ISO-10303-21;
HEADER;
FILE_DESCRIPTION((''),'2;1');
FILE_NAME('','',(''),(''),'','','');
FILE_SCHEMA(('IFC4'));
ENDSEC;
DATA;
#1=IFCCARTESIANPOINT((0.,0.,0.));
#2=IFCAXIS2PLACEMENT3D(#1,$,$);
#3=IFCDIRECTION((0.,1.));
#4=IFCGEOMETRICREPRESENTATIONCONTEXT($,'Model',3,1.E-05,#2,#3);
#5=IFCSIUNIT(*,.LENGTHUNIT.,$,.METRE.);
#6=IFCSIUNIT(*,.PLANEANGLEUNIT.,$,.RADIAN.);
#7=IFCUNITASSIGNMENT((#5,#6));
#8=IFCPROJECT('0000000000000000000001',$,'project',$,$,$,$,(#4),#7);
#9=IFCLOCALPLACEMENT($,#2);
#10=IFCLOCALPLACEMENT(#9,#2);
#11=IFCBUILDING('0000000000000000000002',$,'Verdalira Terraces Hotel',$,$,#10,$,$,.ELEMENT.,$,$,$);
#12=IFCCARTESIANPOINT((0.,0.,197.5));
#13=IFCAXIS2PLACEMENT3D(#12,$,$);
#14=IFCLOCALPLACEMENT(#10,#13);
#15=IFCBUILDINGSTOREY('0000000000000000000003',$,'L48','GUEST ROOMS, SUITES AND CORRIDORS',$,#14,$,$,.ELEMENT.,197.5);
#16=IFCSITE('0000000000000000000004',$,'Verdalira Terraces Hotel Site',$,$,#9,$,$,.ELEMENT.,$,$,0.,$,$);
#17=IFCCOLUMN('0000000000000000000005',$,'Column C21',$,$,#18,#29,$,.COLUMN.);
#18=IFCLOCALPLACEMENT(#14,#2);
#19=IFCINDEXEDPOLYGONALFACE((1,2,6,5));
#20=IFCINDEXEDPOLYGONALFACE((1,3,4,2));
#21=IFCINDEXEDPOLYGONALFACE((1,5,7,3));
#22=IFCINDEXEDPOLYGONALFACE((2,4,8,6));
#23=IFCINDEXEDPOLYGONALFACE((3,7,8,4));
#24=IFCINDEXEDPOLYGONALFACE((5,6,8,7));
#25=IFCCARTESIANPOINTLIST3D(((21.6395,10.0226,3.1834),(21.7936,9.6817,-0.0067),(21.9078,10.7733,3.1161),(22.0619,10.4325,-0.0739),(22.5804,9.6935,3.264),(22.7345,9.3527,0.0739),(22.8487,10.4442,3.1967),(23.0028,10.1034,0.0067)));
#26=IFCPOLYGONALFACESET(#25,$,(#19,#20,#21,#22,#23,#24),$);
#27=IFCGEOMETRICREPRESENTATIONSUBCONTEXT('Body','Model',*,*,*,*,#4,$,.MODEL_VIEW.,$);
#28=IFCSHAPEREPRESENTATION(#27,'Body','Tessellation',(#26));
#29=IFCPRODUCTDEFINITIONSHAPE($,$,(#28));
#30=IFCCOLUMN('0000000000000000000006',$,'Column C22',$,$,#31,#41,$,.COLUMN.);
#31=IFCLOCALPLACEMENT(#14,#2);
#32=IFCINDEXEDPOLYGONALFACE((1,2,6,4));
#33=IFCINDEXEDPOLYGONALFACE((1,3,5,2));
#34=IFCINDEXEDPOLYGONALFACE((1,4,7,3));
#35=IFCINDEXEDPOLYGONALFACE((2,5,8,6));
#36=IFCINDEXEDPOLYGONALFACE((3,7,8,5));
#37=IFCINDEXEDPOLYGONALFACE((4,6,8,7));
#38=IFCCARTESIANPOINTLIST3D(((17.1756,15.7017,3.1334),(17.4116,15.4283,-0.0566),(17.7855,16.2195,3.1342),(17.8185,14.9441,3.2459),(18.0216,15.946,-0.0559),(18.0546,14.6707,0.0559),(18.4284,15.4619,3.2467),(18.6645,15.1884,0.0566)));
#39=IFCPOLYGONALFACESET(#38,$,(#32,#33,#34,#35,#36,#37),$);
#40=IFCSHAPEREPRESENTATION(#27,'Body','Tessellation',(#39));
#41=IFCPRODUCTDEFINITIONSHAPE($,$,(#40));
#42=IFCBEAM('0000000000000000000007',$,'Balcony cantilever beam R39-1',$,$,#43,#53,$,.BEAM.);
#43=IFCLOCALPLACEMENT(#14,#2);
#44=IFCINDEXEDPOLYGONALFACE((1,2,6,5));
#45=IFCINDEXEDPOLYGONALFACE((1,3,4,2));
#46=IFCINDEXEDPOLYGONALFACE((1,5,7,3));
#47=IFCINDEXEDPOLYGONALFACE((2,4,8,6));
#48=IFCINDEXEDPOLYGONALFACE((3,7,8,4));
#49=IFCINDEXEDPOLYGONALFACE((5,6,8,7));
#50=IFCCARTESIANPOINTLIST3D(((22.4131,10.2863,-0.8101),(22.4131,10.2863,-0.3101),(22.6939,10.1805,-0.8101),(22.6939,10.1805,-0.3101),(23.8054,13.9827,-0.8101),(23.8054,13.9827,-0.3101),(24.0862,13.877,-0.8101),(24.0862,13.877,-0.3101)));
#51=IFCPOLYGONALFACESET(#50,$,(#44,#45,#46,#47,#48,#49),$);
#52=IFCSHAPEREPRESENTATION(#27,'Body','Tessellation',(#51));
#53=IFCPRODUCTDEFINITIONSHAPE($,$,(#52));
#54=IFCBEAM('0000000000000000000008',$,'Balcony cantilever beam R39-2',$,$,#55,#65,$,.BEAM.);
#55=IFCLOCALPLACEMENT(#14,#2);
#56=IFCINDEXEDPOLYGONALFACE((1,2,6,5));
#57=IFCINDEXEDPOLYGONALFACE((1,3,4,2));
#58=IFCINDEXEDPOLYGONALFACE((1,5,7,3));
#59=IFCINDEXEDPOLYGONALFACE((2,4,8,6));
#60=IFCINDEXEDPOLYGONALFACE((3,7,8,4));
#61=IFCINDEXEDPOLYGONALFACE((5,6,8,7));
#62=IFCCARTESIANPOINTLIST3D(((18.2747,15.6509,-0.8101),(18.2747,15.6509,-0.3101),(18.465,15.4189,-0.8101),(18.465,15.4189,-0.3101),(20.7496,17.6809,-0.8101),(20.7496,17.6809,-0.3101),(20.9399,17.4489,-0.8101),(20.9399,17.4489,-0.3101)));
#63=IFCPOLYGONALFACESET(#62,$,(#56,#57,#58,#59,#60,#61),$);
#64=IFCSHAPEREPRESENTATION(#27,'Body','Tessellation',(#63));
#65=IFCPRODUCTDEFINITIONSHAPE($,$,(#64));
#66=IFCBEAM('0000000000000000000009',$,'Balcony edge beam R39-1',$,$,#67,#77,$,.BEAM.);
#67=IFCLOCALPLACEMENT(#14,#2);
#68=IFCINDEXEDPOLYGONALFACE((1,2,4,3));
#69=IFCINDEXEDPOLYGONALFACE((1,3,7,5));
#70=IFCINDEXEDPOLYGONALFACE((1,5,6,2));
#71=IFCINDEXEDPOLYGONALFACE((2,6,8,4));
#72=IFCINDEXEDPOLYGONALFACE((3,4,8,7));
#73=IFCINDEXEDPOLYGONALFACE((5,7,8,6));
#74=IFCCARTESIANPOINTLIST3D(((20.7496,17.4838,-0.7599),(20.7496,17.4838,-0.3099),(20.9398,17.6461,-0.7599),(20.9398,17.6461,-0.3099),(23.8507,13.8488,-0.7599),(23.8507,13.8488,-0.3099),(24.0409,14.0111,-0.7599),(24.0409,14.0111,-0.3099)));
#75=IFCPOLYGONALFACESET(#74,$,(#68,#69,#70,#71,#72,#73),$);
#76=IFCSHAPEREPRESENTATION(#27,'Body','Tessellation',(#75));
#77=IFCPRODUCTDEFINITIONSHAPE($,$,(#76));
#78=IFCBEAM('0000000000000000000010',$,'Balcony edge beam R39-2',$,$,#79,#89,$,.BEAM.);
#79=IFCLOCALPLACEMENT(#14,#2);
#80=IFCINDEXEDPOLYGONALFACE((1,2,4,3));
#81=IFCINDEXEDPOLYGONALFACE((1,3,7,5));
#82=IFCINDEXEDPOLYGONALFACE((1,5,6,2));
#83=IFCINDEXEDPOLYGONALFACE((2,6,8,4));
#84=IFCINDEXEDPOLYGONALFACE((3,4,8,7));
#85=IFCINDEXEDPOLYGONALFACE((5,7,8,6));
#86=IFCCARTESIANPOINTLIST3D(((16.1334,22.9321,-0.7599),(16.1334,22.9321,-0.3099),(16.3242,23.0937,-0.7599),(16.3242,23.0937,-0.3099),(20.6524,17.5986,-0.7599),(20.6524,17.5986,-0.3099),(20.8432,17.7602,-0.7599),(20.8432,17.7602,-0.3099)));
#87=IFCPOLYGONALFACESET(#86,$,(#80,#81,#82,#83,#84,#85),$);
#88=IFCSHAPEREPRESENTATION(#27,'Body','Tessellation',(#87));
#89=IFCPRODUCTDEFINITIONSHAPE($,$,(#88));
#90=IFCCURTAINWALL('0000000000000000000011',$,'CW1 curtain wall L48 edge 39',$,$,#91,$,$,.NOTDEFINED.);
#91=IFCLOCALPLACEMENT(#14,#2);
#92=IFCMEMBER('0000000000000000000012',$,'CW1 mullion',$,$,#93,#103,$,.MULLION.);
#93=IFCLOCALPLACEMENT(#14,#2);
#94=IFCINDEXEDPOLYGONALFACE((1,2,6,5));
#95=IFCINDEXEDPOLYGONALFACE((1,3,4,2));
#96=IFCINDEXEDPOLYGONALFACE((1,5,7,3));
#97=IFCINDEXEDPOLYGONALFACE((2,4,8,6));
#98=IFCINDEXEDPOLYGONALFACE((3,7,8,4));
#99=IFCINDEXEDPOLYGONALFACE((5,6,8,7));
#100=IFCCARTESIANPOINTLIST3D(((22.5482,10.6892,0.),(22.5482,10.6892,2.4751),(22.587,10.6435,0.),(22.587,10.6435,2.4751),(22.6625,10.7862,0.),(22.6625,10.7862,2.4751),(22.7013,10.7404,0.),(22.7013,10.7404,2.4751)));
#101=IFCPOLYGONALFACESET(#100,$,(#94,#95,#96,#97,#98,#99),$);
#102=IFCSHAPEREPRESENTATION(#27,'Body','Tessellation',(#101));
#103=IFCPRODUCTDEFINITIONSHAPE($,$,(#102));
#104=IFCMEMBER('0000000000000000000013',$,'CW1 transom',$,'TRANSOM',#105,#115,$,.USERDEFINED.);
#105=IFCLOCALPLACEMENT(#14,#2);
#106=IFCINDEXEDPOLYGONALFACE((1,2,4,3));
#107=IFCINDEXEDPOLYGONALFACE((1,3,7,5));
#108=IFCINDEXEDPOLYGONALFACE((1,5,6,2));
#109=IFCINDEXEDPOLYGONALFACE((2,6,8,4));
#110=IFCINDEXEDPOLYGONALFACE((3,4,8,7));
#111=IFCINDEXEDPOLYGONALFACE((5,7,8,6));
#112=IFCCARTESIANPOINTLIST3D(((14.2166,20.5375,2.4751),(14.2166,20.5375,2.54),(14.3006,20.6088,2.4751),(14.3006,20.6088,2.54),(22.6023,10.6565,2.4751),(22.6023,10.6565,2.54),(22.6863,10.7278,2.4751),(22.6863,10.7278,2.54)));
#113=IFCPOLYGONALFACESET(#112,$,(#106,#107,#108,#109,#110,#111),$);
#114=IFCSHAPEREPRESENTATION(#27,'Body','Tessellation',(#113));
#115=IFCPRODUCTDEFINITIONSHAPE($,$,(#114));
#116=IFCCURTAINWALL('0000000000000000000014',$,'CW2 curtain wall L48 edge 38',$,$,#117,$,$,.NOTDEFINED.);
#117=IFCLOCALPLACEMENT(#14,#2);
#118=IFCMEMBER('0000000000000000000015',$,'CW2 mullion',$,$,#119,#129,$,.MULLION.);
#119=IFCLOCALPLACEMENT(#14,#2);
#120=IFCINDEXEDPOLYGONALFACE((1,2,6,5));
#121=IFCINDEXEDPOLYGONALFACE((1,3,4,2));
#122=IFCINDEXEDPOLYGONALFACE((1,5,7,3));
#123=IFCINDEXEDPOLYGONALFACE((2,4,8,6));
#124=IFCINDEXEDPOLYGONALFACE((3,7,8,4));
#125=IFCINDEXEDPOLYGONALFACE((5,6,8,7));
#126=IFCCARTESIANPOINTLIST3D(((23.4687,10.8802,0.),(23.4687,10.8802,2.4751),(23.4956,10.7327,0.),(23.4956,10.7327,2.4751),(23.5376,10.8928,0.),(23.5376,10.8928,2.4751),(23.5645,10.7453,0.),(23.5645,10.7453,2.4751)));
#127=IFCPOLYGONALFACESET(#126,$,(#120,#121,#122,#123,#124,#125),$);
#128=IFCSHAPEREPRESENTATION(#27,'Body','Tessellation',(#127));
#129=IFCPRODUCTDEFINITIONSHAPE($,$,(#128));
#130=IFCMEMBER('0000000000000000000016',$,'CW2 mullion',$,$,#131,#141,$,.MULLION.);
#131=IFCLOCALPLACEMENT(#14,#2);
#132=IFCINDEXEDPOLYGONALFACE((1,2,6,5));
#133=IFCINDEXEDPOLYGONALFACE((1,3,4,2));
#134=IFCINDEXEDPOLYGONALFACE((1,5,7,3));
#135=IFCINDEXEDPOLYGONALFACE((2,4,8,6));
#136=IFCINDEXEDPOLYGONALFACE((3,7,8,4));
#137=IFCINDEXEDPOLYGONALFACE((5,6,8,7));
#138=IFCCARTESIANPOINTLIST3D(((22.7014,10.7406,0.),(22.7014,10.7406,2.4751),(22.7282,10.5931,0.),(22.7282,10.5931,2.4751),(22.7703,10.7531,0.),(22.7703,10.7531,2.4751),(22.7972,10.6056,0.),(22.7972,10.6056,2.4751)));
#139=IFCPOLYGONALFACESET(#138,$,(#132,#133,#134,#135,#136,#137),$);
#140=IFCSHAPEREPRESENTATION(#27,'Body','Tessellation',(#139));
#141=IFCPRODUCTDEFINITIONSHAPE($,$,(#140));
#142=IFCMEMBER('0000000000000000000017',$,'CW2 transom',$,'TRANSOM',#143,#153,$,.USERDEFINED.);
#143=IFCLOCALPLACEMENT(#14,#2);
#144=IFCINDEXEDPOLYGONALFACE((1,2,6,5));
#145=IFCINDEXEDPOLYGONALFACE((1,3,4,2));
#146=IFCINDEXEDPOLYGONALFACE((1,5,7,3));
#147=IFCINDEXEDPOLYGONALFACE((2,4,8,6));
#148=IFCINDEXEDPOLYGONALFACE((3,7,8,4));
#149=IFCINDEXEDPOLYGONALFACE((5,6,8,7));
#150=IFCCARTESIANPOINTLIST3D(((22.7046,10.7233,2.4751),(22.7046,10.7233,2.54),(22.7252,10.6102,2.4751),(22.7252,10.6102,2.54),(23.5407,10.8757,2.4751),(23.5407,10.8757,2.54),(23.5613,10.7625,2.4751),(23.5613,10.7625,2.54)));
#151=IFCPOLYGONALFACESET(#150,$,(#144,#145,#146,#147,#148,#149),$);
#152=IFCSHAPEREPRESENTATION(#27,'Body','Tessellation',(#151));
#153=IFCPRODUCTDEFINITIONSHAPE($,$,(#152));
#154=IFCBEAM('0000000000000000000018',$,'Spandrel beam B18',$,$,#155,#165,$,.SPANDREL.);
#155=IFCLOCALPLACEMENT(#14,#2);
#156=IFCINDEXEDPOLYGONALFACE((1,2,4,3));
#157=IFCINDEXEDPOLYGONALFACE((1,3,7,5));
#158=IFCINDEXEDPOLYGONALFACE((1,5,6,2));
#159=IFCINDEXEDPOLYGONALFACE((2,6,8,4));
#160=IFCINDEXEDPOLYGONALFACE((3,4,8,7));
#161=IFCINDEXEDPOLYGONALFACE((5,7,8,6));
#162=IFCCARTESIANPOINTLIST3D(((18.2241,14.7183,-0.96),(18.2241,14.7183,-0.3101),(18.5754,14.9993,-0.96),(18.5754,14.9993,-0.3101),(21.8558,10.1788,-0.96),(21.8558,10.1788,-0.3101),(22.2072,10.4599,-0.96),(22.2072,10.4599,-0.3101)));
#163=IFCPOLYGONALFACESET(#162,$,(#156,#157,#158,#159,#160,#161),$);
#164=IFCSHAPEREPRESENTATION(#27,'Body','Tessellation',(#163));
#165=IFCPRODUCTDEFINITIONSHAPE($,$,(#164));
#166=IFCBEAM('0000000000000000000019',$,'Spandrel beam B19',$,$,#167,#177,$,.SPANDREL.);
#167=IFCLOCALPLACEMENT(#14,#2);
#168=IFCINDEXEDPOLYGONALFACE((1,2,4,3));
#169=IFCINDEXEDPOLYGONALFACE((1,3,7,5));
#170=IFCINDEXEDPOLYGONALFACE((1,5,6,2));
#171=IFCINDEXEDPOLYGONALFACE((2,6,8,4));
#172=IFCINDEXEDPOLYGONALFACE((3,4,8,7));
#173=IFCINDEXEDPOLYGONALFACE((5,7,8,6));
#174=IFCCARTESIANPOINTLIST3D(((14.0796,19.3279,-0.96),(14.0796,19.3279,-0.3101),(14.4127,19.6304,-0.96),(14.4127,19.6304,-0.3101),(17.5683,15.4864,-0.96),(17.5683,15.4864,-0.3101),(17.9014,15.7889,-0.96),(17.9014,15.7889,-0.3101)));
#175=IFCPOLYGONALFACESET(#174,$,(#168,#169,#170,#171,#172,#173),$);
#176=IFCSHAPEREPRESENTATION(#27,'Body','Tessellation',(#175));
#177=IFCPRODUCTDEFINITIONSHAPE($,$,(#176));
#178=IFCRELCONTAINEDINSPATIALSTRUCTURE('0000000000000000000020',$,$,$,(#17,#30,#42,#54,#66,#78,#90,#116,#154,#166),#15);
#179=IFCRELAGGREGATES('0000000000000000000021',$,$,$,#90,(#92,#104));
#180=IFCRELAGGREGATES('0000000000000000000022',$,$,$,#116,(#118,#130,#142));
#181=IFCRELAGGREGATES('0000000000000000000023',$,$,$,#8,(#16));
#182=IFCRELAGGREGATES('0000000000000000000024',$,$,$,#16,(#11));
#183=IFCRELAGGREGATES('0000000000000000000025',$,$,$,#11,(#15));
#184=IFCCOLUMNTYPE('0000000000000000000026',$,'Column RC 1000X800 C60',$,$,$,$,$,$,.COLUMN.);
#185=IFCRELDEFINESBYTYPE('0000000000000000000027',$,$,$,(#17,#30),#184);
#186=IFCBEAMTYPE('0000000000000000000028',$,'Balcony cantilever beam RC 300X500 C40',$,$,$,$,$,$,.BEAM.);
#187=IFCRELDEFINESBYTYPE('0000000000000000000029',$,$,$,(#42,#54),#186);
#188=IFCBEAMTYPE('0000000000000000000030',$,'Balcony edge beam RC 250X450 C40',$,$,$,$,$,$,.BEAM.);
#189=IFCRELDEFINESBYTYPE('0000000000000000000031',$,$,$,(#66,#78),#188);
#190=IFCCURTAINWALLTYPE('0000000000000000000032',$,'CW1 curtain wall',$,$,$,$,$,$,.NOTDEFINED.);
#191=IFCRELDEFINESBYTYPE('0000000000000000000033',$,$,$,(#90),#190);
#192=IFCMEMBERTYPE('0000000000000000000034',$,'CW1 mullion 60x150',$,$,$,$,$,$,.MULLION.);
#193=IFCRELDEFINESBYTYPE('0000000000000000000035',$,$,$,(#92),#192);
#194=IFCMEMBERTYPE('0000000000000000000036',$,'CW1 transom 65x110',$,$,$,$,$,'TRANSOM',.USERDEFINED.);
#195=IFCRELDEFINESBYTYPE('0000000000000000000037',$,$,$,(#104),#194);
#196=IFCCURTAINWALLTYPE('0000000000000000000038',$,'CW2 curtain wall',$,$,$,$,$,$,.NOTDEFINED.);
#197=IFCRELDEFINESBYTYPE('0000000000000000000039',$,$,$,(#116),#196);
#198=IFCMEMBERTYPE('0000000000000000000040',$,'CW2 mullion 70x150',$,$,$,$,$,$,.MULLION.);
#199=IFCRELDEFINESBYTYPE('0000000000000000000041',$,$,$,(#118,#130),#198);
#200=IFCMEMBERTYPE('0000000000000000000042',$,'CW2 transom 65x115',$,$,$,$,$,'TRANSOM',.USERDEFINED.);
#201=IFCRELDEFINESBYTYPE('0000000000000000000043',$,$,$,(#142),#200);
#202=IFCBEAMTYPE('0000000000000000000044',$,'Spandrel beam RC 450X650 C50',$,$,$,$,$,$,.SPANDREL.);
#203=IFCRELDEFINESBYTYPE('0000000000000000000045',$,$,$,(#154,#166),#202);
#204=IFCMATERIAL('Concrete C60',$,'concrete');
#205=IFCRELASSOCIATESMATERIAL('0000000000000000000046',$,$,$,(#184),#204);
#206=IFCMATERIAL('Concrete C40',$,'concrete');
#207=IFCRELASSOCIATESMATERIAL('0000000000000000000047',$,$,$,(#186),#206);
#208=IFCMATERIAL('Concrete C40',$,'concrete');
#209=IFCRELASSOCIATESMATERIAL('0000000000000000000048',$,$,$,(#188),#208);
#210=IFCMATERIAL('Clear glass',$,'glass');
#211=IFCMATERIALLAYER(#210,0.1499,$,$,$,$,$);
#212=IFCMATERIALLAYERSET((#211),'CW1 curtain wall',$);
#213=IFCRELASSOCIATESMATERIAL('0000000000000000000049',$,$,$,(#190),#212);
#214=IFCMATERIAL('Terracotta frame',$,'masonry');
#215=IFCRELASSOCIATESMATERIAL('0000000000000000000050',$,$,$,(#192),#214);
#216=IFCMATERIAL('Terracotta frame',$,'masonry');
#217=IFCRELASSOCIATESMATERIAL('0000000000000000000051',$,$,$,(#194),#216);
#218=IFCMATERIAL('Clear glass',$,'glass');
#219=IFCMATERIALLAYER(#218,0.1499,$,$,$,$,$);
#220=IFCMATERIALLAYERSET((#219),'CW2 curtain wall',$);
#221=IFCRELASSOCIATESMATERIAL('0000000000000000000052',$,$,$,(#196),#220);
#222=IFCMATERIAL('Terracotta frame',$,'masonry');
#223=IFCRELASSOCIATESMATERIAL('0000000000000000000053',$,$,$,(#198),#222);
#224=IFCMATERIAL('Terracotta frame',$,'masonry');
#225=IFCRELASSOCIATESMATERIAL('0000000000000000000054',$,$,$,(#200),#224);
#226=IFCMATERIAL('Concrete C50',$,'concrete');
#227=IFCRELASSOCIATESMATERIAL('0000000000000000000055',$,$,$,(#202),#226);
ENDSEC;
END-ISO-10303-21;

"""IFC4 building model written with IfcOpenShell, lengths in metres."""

from ifc_helpers import new_model, si_unit, direction, frame, origin, origin_2d, place, context, subcontext, project, spatial, rectangle, extrude, material, layer, layer_set, material_profile, profile_set, type_object, element, aggregate, save


model = new_model("IFC4")

# Units and contexts
model_context = context("Model", 3, precision=1e-05, world=origin(), true_north=direction((0.0, 1.0)))
body_context = subcontext(model_context, "Body", "Model", "MODEL_VIEW")
ifc_project = project(units=[si_unit("LENGTHUNIT", "METRE"), si_unit("PLANEANGLEUNIT", "RADIAN")], contexts=[model_context])

# Site, building, storey
site_placement = place(None, origin())
site = spatial("IfcSite", under=ifc_project, at=site_placement, Name="Verdalira Terraces Hotel Site", CompositionType="ELEMENT", RefElevation=0.0)
building_placement = place(site_placement, origin())
building = spatial("IfcBuilding", under=site, at=building_placement, Name="Verdalira Terraces Hotel", CompositionType="ELEMENT")
storey_placement = place(building_placement, frame((0.0, 0.0, 197.5)))
storey = spatial("IfcBuildingStorey", under=building, at=storey_placement, Name="L48", Description="GUEST ROOMS, SUITES AND CORRIDORS", CompositionType="ELEMENT", Elevation=197.5)

# Columns
ifc_material_1 = material(Name="Concrete C60", Category="concrete")
ifc_material_profile_1 = material_profile(ifc_material_1, rectangle(XDim=1.0, YDim=0.8, at=origin_2d()), Name="RC 1000X800")
ifc_profile_set_1 = profile_set([ifc_material_profile_1], Name="Concrete C60")
column_type = type_object("IfcColumnType", Name="Column RC 1000X800 C60", PredefinedType="COLUMN", material=ifc_profile_set_1)
column_1_placement = place(storey_placement, frame((22.3982, 9.8926, 0.0), z_axis=(-0.047965, 0.106115, 0.993196), x_axis=(0.940871, -0.32904, 0.080593)))
element("IfcColumn", 1, at=column_1_placement, inside=storey, type_object=column_type, Name="Column C21", PredefinedType="COLUMN", context=body_context, shape_type="SweptSolid", body=[
    extrude(rectangle(XDim=1.0, YDim=0.8, at=origin_2d()), origin(), (0.0, 0.0, 1.0), 3.2119),
])
column_2_placement = place(storey_placement, frame((18.0381, 15.3084, 0.0), z_axis=(-0.073539, 0.085174, 0.993649), x_axis=(-0.642958, 0.75759, -0.112524)))
element("IfcColumn", 2, at=column_2_placement, inside=storey, type_object=column_type, Name="Column C22", PredefinedType="COLUMN", context=body_context, shape_type="SweptSolid", body=[
    extrude(rectangle(XDim=1.0, YDim=0.8, at=origin_2d()), origin(), (0.0, 0.0, 1.0), 3.2104),
])

# Beams
ifc_material_2 = material(Name="Concrete C40", Category="concrete")
ifc_material_profile_2 = material_profile(ifc_material_2, rectangle(XDim=0.3, YDim=0.5, at=origin_2d()), Name="RC 300X500")
ifc_profile_set_2 = profile_set([ifc_material_profile_2], Name="Concrete C40")
beam_type_1 = type_object("IfcBeamType", Name="Balcony cantilever beam RC 300X500 C40", PredefinedType="BEAM", material=ifc_profile_set_2)
beam_1_placement = place(storey_placement, frame((22.5535, 10.2334, -0.5601), z_axis=(0.352485, 0.935818, 0.0), x_axis=(-0.935818, 0.352485, 0.0)))
element("IfcBeam", 3, at=beam_1_placement, inside=storey, type_object=beam_type_1, Name="Balcony cantilever beam R39-1", PredefinedType="BEAM", context=body_context, shape_type="SweptSolid", body=[
    extrude(rectangle(XDim=0.3, YDim=0.5, at=origin_2d()), origin(), (0.0, 0.0, 1.0), 3.95),
])
beam_2_placement = place(storey_placement, frame((18.3699, 15.5349, -0.5601), z_axis=(0.773168, 0.634201, 0.0), x_axis=(-0.634201, 0.773168, 0.0)))
element("IfcBeam", 4, at=beam_2_placement, inside=storey, type_object=beam_type_1, Name="Balcony cantilever beam R39-2", PredefinedType="BEAM", context=body_context, shape_type="SweptSolid", body=[
    extrude(rectangle(XDim=0.3, YDim=0.5, at=origin_2d()), origin(), (0.0, 0.0, 1.0), 3.2009),
])
ifc_material_3 = material(Name="Concrete C40", Category="concrete")
ifc_material_profile_3 = material_profile(ifc_material_3, rectangle(XDim=0.25, YDim=0.45, at=origin_2d()), Name="RC 250X450")
ifc_profile_set_3 = profile_set([ifc_material_profile_3], Name="Concrete C40")
beam_type_2 = type_object("IfcBeamType", Name="Balcony edge beam RC 250X450 C40", PredefinedType="BEAM", material=ifc_profile_set_3)
beam_3_placement = place(storey_placement, frame((23.9458, 13.9299, -0.5349), z_axis=(-0.649022, 0.760769, 0.0), x_axis=(-0.760769, -0.649022, 0.0)))
element("IfcBeam", 5, at=beam_3_placement, inside=storey, type_object=beam_type_2, Name="Balcony edge beam R39-1", PredefinedType="BEAM", context=body_context, shape_type="SweptSolid", body=[
    extrude(rectangle(XDim=0.25, YDim=0.45, at=origin_2d()), origin(), (0.0, 0.0, 1.0), 4.7781),
])
beam_4_placement = place(storey_placement, frame((20.7478, 17.6794, -0.5349), z_axis=(-0.646449, 0.762957, 0.0), x_axis=(-0.762957, -0.646449, 0.0)))
element("IfcBeam", 6, at=beam_4_placement, inside=storey, type_object=beam_type_2, Name="Balcony edge beam R39-2", PredefinedType="BEAM", context=body_context, shape_type="SweptSolid", body=[
    extrude(rectangle(XDim=0.25, YDim=0.45, at=origin_2d()), origin(), (0.0, 0.0, 1.0), 6.9905),
])

# Curtain walls, members
ifc_material_4 = material(Name="Clear glass", Category="glass")
ifc_layer_1 = layer(ifc_material_4, 0.1499)
ifc_layer_set_1 = layer_set([ifc_layer_1], Name="CW1 curtain wall")
curtain_wall_type_1 = type_object("IfcCurtainWallType", Name="CW1 curtain wall", PredefinedType="NOTDEFINED", material=ifc_layer_set_1)
curtain_wall_1_placement = place(storey_placement, origin())
curtain_wall_1 = element("IfcCurtainWall", 7, at=curtain_wall_1_placement, inside=storey, type_object=curtain_wall_type_1, Name="CW1 curtain wall L48 edge 39", PredefinedType="NOTDEFINED")
ifc_material_5 = material(Name="Terracotta frame", Category="masonry")
ifc_material_profile_4 = material_profile(ifc_material_5, rectangle(XDim=0.0601, YDim=0.1499, at=origin_2d()), Name="MU 60x150")
ifc_profile_set_4 = profile_set([ifc_material_profile_4], Name="Terracotta frame")
member_type_1 = type_object("IfcMemberType", Name="CW1 mullion 60x150", PredefinedType="MULLION", material=ifc_profile_set_4)
member_1_placement = place(storey_placement, frame((22.6248, 10.7148, 0.0), z_axis=(0.0, 0.0, 1.0), x_axis=(-0.647056, 0.762443, 0.0)))
member_1 = element("IfcMember", 8, at=member_1_placement, type_object=member_type_1, Name="CW1 mullion", PredefinedType="MULLION", context=body_context, shape_type="SweptSolid", body=[
    extrude(rectangle(XDim=0.0601, YDim=0.1499, at=origin_2d()), origin(), (0.0, 0.0, 1.0), 2.4751),
])
ifc_material_6 = material(Name="Terracotta frame", Category="masonry")
ifc_material_profile_5 = material_profile(ifc_material_6, rectangle(XDim=0.1101, YDim=0.0649, at=origin_2d()), Name="TR 65x110")
ifc_profile_set_5 = profile_set([ifc_material_profile_5], Name="Terracotta frame")
member_type_2 = type_object("IfcMemberType", Name="CW1 transom 65x110", ElementType="TRANSOM", PredefinedType="USERDEFINED", material=ifc_profile_set_5)
member_2_placement = place(storey_placement, frame((22.6443, 10.6921, 2.5076), z_axis=(-0.647057, 0.762442, 0.0), x_axis=(-0.762442, -0.647057, 0.0)))
member_2 = element("IfcMember", 9, at=member_2_placement, type_object=member_type_2, Name="CW1 transom", ObjectType="TRANSOM", PredefinedType="USERDEFINED", context=body_context, shape_type="SweptSolid", body=[
    extrude(rectangle(XDim=0.1101, YDim=0.0649, at=origin_2d()), origin(), (0.0, 0.0, 1.0), 12.9597),
])
ifc_material_7 = material(Name="Clear glass", Category="glass")
ifc_layer_2 = layer(ifc_material_7, 0.1499)
ifc_layer_set_2 = layer_set([ifc_layer_2], Name="CW2 curtain wall")
curtain_wall_type_2 = type_object("IfcCurtainWallType", Name="CW2 curtain wall", PredefinedType="NOTDEFINED", material=ifc_layer_set_2)
curtain_wall_2_placement = place(storey_placement, origin())
curtain_wall_2 = element("IfcCurtainWall", 10, at=curtain_wall_2_placement, inside=storey, type_object=curtain_wall_type_2, Name="CW2 curtain wall L48 edge 38", PredefinedType="NOTDEFINED")
ifc_material_8 = material(Name="Terracotta frame", Category="masonry")
ifc_material_profile_6 = material_profile(ifc_material_8, rectangle(XDim=0.0701, YDim=0.1499, at=origin_2d()), Name="MU 70x150")
ifc_profile_set_6 = profile_set([ifc_material_profile_6], Name="Terracotta frame")
member_type_3 = type_object("IfcMemberType", Name="CW2 mullion 70x150", PredefinedType="MULLION", material=ifc_profile_set_6)
member_3_placement = place(storey_placement, frame((23.5166, 10.8127, 0.0), z_axis=(0.0, 0.0, 1.0), x_axis=(-0.983823, -0.179146, 0.0)))
member_3 = element("IfcMember", 11, at=member_3_placement, type_object=member_type_3, Name="CW2 mullion", PredefinedType="MULLION", context=body_context, shape_type="SweptSolid", body=[
    extrude(rectangle(XDim=0.0701, YDim=0.1499, at=origin_2d()), origin(), (0.0, 0.0, 1.0), 2.4751),
])
member_4_placement = place(storey_placement, frame((22.7493, 10.6731, 0.0), z_axis=(0.0, 0.0, 1.0), x_axis=(-0.983823, -0.179146, 0.0)))
member_4 = element("IfcMember", 12, at=member_4_placement, type_object=member_type_3, Name="CW2 mullion", PredefinedType="MULLION", context=body_context, shape_type="SweptSolid", body=[
    extrude(rectangle(XDim=0.0701, YDim=0.1499, at=origin_2d()), origin(), (0.0, 0.0, 1.0), 2.4751),
])
ifc_material_9 = material(Name="Terracotta frame", Category="masonry")
ifc_material_profile_7 = material_profile(ifc_material_9, rectangle(XDim=0.115, YDim=0.0649, at=origin_2d()), Name="TR 65x115")
ifc_profile_set_7 = profile_set([ifc_material_profile_7], Name="Terracotta frame")
member_type_4 = type_object("IfcMemberType", Name="CW2 transom 65x115", ElementType="TRANSOM", PredefinedType="USERDEFINED", material=ifc_profile_set_7)
member_5_placement = place(storey_placement, frame((23.551, 10.8191, 2.5076), z_axis=(-0.983806, -0.179239, 0.0), x_axis=(0.179239, -0.983806, 0.0)))
member_5 = element("IfcMember", 13, at=member_5_placement, type_object=member_type_4, Name="CW2 transom", ObjectType="TRANSOM", PredefinedType="USERDEFINED", context=body_context, shape_type="SweptSolid", body=[
    extrude(rectangle(XDim=0.115, YDim=0.0649, at=origin_2d()), origin(), (0.0, 0.0, 1.0), 0.8499),
])

# Beams
ifc_material_10 = material(Name="Concrete C50", Category="concrete")
ifc_material_profile_8 = material_profile(ifc_material_10, rectangle(XDim=0.45, YDim=0.6499, at=origin_2d()), Name="RC 450X650")
ifc_profile_set_8 = profile_set([ifc_material_profile_8], Name="Concrete C50")
beam_type_3 = type_object("IfcBeamType", Name="Spandrel beam RC 450X650 C50", PredefinedType="SPANDREL", material=ifc_profile_set_8)
beam_5_placement = place(storey_placement, frame((22.0315, 10.3193, -0.635), z_axis=(-0.624716, 0.780852, 0.0), x_axis=(-0.780852, -0.624716, 0.0)))
element("IfcBeam", 14, at=beam_5_placement, inside=storey, type_object=beam_type_3, Name="Spandrel beam B18", PredefinedType="SPANDREL", context=body_context, shape_type="SweptSolid", body=[
    extrude(rectangle(XDim=0.45, YDim=0.6499, at=origin_2d()), origin(), (0.0, 0.0, 1.0), 5.8135),
])
beam_6_placement = place(storey_placement, frame((17.7349, 15.6377, -0.635), z_axis=(-0.672298, 0.740281, 0.0), x_axis=(-0.740281, -0.672298, 0.0)))
element("IfcBeam", 15, at=beam_6_placement, inside=storey, type_object=beam_type_3, Name="Spandrel beam B19", PredefinedType="SPANDREL", context=body_context, shape_type="SweptSolid", body=[
    extrude(rectangle(XDim=0.45, YDim=0.6499, at=origin_2d()), origin(), (0.0, 0.0, 1.0), 5.1892),
])

aggregate(curtain_wall_1, [member_1, member_2])
aggregate(curtain_wall_2, [member_3, member_4, member_5])

save(model, "model.ifc")
